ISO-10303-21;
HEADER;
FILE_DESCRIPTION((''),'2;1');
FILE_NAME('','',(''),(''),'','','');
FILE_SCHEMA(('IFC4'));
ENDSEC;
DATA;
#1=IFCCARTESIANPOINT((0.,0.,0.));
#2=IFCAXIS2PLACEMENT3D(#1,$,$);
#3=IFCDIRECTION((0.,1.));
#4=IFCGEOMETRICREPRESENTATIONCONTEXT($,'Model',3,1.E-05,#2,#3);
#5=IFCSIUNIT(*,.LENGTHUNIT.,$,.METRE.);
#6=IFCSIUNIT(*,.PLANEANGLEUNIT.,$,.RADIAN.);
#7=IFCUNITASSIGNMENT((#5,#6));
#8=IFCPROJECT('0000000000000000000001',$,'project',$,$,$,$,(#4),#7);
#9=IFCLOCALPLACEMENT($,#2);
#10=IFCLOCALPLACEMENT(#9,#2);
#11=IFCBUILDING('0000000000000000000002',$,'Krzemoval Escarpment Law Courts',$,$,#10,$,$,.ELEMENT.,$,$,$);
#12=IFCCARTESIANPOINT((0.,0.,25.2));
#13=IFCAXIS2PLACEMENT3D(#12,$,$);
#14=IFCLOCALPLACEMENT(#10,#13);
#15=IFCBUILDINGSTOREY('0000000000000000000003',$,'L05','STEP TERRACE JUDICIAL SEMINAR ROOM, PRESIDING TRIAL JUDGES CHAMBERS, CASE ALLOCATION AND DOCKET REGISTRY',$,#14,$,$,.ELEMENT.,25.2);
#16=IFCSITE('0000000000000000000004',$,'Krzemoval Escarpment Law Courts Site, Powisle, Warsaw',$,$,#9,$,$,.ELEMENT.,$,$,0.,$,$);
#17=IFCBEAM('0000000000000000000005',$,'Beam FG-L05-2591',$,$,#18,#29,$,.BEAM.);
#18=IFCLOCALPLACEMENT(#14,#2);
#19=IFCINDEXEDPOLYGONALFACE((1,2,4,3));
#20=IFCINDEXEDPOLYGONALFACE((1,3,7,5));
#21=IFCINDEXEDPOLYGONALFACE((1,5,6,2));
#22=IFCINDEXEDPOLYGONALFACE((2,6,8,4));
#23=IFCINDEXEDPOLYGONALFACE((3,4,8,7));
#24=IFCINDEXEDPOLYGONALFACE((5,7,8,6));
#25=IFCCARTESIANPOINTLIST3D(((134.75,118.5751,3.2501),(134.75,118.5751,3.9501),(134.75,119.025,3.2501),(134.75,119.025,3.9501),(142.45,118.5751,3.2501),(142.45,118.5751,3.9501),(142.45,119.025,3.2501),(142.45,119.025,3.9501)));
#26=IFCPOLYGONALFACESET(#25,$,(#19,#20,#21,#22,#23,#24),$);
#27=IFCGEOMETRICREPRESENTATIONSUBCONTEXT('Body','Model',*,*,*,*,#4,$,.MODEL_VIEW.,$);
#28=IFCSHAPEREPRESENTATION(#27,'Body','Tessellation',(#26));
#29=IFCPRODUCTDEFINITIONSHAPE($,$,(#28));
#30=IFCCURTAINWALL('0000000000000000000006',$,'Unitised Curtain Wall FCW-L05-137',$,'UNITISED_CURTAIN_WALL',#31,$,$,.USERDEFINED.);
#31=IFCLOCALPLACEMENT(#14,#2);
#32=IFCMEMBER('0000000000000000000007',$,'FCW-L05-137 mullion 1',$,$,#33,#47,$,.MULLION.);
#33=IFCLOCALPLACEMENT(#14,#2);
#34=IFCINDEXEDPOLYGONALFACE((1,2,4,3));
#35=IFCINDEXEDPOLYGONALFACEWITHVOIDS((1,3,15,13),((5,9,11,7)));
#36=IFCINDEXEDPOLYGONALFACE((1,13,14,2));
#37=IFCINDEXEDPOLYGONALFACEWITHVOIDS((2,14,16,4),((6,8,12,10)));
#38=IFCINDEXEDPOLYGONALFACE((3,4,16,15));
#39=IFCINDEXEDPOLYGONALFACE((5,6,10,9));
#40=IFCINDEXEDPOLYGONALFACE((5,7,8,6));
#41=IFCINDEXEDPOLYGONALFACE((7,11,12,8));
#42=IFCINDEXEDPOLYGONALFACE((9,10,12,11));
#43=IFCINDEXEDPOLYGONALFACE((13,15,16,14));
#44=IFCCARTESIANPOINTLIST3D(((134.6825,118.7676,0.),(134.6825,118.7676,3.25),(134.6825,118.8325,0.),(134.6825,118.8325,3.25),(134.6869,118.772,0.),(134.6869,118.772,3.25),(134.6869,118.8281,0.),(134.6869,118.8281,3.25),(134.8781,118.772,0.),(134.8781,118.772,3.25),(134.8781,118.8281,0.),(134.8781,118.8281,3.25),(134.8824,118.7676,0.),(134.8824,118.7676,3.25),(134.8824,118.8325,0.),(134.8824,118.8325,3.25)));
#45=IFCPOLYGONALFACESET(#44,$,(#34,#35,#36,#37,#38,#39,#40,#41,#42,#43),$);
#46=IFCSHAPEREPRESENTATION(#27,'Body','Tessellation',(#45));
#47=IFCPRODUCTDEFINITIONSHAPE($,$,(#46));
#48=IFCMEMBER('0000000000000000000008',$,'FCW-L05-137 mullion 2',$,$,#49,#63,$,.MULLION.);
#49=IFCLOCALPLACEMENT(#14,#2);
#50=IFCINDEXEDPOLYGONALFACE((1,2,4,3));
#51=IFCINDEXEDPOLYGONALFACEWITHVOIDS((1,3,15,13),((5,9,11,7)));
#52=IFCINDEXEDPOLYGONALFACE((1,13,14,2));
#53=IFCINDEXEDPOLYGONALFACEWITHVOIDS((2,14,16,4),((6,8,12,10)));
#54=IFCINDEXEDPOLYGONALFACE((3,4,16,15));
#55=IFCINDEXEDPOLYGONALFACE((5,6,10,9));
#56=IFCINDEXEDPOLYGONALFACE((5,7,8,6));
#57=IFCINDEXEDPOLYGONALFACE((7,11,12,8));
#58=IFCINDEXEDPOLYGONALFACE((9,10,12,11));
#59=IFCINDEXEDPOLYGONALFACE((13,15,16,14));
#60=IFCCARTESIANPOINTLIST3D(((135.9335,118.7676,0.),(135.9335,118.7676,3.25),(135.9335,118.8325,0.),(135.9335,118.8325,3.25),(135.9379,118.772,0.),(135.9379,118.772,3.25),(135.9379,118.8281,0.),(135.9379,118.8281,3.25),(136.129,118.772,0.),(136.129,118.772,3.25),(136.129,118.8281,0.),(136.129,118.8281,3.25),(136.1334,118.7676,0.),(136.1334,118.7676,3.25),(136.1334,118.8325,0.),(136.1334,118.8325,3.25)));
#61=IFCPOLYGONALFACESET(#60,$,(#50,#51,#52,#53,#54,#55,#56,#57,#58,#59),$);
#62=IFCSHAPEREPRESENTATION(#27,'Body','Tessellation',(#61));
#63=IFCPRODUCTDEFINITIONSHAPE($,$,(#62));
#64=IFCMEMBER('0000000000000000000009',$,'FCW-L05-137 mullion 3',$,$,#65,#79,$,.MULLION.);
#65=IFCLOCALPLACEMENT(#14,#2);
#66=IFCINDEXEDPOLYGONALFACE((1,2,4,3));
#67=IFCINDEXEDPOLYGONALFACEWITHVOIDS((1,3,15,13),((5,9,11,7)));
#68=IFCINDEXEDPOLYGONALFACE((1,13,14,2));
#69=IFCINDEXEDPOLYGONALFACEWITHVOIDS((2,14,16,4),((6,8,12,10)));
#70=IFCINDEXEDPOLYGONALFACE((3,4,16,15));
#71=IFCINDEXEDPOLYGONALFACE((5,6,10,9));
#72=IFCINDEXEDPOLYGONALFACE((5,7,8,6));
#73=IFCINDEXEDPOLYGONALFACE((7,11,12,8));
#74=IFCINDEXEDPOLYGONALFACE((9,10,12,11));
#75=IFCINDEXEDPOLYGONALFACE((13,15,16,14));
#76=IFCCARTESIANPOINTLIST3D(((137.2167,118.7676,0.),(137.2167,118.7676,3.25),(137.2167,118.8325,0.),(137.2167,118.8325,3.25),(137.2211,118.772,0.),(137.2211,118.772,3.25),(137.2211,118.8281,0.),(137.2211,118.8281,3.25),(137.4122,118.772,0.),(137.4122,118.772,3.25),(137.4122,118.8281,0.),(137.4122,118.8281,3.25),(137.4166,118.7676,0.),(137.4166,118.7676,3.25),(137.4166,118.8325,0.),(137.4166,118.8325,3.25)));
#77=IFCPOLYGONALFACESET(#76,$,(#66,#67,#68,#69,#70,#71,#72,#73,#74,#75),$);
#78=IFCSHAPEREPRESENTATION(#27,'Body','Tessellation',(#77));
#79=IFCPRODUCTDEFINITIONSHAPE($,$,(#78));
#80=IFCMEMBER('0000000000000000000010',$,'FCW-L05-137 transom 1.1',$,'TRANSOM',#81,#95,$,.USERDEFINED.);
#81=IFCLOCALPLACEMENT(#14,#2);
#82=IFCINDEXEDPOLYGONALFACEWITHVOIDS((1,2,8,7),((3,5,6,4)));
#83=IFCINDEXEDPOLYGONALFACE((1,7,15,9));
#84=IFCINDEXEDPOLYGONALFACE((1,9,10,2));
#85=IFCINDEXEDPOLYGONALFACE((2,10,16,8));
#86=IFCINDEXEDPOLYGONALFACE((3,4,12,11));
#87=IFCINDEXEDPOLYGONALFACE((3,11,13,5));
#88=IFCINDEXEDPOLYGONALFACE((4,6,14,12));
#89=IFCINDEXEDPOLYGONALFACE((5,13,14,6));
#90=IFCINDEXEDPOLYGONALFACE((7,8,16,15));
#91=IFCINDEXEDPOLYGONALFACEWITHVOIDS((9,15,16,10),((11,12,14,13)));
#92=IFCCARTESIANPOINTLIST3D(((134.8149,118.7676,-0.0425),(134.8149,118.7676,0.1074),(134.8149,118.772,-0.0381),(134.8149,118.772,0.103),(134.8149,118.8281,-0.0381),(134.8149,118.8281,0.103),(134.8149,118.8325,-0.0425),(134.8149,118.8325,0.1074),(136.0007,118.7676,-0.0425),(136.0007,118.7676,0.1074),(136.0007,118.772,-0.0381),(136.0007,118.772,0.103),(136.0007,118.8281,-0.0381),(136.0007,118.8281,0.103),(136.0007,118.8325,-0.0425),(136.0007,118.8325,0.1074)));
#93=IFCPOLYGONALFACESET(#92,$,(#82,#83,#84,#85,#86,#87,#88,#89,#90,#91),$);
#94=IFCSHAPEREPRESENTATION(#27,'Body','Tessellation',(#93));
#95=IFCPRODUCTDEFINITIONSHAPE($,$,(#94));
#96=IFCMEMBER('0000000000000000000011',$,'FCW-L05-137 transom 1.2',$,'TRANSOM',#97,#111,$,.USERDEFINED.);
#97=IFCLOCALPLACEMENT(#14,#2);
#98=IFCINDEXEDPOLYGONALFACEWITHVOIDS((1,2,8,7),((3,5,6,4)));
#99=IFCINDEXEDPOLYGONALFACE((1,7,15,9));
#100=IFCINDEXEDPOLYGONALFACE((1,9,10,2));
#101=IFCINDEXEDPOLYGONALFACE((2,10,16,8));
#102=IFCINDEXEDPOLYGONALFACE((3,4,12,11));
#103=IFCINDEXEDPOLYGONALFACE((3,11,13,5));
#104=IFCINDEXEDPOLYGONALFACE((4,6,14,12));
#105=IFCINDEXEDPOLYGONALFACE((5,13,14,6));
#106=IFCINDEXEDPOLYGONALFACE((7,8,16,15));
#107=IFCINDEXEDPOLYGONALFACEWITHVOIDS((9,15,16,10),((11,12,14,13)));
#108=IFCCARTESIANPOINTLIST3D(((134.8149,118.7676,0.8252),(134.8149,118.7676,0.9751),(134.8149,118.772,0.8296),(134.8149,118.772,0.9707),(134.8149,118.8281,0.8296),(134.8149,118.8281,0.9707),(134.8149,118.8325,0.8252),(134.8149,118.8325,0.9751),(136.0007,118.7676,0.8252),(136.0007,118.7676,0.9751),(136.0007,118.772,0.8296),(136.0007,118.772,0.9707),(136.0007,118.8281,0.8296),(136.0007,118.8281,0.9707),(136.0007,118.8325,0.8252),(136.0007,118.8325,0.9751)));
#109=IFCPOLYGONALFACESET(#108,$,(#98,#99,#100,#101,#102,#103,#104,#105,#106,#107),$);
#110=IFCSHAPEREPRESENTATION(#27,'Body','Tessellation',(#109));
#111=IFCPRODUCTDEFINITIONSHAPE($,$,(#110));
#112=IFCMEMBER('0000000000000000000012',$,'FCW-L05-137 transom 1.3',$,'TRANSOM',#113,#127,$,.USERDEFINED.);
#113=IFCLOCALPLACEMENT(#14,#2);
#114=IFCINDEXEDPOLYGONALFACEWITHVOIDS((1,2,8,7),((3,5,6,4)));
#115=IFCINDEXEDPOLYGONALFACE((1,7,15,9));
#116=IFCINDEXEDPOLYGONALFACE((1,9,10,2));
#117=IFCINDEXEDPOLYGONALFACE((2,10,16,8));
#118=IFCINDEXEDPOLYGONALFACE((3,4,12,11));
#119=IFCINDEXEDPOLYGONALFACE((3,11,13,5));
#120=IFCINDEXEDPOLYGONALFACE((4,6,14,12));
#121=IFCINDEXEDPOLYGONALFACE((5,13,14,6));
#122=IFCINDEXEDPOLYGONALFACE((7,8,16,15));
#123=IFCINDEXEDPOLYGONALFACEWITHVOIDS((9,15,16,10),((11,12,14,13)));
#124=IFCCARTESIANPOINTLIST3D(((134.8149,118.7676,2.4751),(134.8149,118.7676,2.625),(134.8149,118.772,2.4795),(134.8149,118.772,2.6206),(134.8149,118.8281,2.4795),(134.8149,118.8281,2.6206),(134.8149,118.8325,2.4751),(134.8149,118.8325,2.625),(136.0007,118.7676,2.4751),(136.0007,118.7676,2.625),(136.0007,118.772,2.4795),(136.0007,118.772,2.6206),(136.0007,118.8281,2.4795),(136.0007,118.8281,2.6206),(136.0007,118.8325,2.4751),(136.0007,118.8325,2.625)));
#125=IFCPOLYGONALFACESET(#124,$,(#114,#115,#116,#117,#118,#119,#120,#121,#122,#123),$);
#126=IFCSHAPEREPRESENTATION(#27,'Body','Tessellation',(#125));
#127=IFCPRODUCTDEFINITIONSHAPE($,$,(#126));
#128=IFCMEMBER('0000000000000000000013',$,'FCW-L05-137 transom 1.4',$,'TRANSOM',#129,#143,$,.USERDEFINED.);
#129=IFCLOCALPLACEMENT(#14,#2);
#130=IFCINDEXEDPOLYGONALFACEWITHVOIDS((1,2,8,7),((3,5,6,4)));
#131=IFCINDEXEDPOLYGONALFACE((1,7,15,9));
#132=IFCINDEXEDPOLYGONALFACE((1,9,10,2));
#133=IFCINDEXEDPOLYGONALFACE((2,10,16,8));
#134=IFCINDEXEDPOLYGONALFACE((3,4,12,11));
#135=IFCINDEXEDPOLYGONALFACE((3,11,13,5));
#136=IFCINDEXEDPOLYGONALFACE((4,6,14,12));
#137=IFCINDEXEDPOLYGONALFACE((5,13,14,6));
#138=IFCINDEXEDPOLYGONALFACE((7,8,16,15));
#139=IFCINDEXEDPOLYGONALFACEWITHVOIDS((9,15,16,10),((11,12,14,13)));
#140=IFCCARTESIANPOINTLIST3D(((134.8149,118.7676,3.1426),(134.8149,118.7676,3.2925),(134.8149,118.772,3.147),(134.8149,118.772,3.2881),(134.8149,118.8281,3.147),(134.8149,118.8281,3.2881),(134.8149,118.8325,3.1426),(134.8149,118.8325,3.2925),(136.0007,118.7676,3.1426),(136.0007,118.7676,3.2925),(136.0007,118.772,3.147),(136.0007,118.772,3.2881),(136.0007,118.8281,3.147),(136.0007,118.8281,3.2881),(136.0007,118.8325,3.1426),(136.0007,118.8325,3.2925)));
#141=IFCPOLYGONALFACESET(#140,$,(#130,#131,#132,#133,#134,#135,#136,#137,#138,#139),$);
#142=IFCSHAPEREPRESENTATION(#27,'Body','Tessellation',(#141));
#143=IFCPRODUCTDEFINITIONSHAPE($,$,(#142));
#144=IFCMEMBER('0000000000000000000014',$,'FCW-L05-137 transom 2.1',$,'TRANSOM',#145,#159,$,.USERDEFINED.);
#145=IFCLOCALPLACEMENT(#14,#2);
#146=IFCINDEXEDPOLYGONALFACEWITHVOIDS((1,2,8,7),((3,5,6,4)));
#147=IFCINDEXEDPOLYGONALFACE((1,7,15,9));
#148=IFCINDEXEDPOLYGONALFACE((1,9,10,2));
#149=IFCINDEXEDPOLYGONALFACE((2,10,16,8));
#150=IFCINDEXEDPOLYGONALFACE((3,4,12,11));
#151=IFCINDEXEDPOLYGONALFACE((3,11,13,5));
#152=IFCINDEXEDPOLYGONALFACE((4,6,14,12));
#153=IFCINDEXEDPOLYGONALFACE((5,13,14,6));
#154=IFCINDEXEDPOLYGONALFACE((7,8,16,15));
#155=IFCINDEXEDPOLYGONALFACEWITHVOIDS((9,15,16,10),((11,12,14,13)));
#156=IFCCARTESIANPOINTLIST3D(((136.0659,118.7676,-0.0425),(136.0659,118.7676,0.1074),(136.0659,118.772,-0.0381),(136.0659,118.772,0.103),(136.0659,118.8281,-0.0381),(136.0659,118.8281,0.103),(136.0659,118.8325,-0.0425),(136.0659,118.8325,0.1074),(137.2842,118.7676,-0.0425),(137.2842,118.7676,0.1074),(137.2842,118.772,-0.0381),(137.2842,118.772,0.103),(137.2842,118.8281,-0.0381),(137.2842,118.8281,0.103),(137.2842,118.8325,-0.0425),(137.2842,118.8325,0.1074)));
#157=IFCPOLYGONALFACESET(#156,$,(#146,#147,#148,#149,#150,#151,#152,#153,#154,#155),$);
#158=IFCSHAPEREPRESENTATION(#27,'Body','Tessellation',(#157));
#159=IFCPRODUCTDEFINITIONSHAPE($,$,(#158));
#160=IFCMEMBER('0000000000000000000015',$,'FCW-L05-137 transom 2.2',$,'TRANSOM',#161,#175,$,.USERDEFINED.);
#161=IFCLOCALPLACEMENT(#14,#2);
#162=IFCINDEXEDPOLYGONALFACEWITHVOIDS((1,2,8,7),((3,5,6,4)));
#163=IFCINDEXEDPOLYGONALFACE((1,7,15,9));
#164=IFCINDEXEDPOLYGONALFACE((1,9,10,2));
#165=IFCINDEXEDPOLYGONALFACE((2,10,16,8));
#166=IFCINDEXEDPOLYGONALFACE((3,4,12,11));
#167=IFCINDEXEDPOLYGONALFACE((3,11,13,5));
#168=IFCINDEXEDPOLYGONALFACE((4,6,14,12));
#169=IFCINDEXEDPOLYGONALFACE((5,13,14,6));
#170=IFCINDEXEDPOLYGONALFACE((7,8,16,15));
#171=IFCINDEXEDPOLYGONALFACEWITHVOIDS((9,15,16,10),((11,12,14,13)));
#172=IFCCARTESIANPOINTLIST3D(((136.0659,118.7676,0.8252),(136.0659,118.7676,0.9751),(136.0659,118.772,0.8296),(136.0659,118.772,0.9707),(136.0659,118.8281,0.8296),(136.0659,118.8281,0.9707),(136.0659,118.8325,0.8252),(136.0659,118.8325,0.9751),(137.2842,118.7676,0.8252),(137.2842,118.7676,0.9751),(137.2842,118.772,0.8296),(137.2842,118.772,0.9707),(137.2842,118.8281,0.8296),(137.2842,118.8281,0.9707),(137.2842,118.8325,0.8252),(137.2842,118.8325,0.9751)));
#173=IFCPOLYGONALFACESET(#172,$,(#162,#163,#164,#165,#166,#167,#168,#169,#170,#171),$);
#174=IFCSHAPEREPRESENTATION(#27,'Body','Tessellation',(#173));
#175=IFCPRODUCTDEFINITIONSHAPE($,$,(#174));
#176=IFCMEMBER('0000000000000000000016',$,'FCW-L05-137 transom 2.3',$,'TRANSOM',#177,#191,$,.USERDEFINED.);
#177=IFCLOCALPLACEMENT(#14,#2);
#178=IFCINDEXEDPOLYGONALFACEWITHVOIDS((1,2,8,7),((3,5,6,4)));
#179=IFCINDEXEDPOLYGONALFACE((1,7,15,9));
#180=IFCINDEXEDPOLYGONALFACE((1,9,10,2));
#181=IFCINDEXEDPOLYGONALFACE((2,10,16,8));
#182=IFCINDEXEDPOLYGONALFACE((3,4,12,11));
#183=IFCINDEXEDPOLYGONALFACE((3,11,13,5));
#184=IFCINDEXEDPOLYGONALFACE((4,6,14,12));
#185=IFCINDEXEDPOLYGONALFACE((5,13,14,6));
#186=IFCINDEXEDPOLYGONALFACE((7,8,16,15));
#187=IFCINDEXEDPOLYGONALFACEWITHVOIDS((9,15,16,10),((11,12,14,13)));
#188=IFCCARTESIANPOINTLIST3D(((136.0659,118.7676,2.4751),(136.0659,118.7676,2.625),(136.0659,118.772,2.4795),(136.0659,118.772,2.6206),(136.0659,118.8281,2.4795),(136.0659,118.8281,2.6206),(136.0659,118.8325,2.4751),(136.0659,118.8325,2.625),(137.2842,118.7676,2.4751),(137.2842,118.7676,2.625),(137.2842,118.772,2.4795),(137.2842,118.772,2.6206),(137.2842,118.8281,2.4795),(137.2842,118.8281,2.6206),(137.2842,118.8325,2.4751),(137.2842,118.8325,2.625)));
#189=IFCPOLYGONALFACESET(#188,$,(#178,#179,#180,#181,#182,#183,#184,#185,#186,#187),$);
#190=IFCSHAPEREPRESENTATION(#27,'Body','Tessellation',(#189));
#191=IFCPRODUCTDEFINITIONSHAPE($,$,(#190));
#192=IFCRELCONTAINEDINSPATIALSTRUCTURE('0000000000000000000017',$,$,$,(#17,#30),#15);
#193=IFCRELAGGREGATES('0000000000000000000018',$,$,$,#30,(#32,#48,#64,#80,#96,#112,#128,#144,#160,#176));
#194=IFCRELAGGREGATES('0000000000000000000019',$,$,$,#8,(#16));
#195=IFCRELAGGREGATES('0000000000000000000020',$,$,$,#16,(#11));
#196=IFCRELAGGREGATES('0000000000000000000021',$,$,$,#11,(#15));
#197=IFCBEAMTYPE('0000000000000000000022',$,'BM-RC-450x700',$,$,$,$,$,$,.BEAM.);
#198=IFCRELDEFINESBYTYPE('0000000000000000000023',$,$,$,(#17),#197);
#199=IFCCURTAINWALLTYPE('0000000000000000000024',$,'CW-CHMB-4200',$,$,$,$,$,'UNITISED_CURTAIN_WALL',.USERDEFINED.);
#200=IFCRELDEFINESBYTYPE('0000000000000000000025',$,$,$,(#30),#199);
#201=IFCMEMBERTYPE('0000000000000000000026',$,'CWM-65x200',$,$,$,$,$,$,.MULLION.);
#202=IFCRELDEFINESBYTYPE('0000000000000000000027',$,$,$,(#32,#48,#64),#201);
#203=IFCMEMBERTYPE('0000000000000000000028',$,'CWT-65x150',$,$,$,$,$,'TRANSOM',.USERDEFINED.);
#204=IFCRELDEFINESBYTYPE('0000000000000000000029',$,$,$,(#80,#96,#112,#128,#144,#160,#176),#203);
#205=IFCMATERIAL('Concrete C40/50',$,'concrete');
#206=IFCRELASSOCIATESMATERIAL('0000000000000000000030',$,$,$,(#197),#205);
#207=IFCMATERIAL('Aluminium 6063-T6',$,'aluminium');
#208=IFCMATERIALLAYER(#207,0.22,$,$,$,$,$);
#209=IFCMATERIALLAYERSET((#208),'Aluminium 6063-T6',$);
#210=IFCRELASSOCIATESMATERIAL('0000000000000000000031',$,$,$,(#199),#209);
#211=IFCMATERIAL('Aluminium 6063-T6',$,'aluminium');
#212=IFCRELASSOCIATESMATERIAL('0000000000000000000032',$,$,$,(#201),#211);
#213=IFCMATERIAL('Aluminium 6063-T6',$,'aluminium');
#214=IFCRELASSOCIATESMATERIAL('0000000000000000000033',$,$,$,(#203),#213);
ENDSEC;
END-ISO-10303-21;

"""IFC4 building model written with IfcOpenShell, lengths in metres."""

from ifc_helpers import new_model, si_unit, direction, frame, origin, origin_2d, place, context, subcontext, project, spatial, rectangle, hollow_rectangle, extrude, material, layer, layer_set, material_profile, profile_set, type_object, element, aggregate, save


model = new_model("IFC4")

# Units and contexts
model_context = context("Model", 3, precision=1e-05, world=origin(), true_north=direction((0.0, 1.0)))
body_context = subcontext(model_context, "Body", "Model", "MODEL_VIEW")
ifc_project = project(units=[si_unit("LENGTHUNIT", "METRE"), si_unit("PLANEANGLEUNIT", "RADIAN")], contexts=[model_context])

# Site, building, storey
site_placement = place(None, origin())
site = spatial("IfcSite", under=ifc_project, at=site_placement, Name="Krzemoval Escarpment Law Courts Site, Powisle, Warsaw", CompositionType="ELEMENT", RefElevation=0.0)
building_placement = place(site_placement, origin())
building = spatial("IfcBuilding", under=site, at=building_placement, Name="Krzemoval Escarpment Law Courts", CompositionType="ELEMENT")
storey_placement = place(building_placement, frame((0.0, 0.0, 25.2)))
storey = spatial("IfcBuildingStorey", under=building, at=storey_placement, Name="L05", Description="STEP TERRACE JUDICIAL SEMINAR ROOM, PRESIDING TRIAL JUDGES CHAMBERS, CASE ALLOCATION AND DOCKET REGISTRY", CompositionType="ELEMENT", Elevation=25.2)

# Beam
ifc_material_1 = material(Name="Concrete C40/50", Category="concrete")
ifc_material_profile_1 = material_profile(ifc_material_1, rectangle(XDim=0.45, YDim=0.7, at=origin_2d()), Name="RCB 450x700")
ifc_profile_set_1 = profile_set([ifc_material_profile_1], Name="Concrete C40/50")
beam_type = type_object("IfcBeamType", Name="BM-RC-450x700", PredefinedType="BEAM", material=ifc_profile_set_1)
beam_placement = place(storey_placement, frame((134.75, 118.8, 3.6001), z_axis=(1.0, 0.0, 0.0), x_axis=(0.0, 1.0, 0.0)))
element("IfcBeam", 1, at=beam_placement, inside=storey, type_object=beam_type, Name="Beam FG-L05-2591", PredefinedType="BEAM", context=body_context, shape_type="SweptSolid", body=[
    extrude(rectangle(XDim=0.45, YDim=0.7, at=origin_2d()), origin(), (0.0, 0.0, 1.0), 7.7),
])

# Curtain wall, members
ifc_material_2 = material(Name="Aluminium 6063-T6", Category="aluminium")
ifc_layer_1 = layer(ifc_material_2, 0.22)
ifc_layer_set_1 = layer_set([ifc_layer_1], Name="Aluminium 6063-T6")
curtain_wall_type = type_object("IfcCurtainWallType", Name="CW-CHMB-4200", ElementType="UNITISED_CURTAIN_WALL", PredefinedType="USERDEFINED", material=ifc_layer_set_1)
curtain_wall_placement = place(storey_placement, origin())
curtain_wall = element("IfcCurtainWall", 2, at=curtain_wall_placement, inside=storey, type_object=curtain_wall_type, Name="Unitised Curtain Wall FCW-L05-137", ObjectType="UNITISED_CURTAIN_WALL", PredefinedType="USERDEFINED")
ifc_material_3 = material(Name="Aluminium 6063-T6", Category="aluminium")
ifc_material_profile_2 = material_profile(ifc_material_3, hollow_rectangle(XDim=0.0649, YDim=0.2, WallThickness=0.0044, at=origin_2d()), Name="ALU M65x200")
ifc_profile_set_2 = profile_set([ifc_material_profile_2], Name="Aluminium 6063-T6")
member_type_1 = type_object("IfcMemberType", Name="CWM-65x200", PredefinedType="MULLION", material=ifc_profile_set_2)
member_1_placement = place(storey_placement, frame((134.7825, 118.8, 0.0), z_axis=(0.0, 0.0, 1.0), x_axis=(0.0, 1.0, 0.0)))
member_1 = element("IfcMember", 3, at=member_1_placement, type_object=member_type_1, Name="FCW-L05-137 mullion 1", PredefinedType="MULLION", context=body_context, shape_type="SweptSolid", body=[
    extrude(hollow_rectangle(XDim=0.0649, YDim=0.2, WallThickness=0.0044, at=origin_2d()), origin(), (0.0, 0.0, 1.0), 3.25),
])
member_2_placement = place(storey_placement, frame((136.0334, 118.8, 0.0), z_axis=(0.0, 0.0, 1.0), x_axis=(0.0, 1.0, 0.0)))
member_2 = element("IfcMember", 4, at=member_2_placement, type_object=member_type_1, Name="FCW-L05-137 mullion 2", PredefinedType="MULLION", context=body_context, shape_type="SweptSolid", body=[
    extrude(hollow_rectangle(XDim=0.0649, YDim=0.2, WallThickness=0.0044, at=origin_2d()), origin(), (0.0, 0.0, 1.0), 3.25),
])
member_3_placement = place(storey_placement, frame((137.3167, 118.8, 0.0), z_axis=(0.0, 0.0, 1.0), x_axis=(0.0, 1.0, 0.0)))
member_3 = element("IfcMember", 5, at=member_3_placement, type_object=member_type_1, Name="FCW-L05-137 mullion 3", PredefinedType="MULLION", context=body_context, shape_type="SweptSolid", body=[
    extrude(hollow_rectangle(XDim=0.0649, YDim=0.2, WallThickness=0.0044, at=origin_2d()), origin(), (0.0, 0.0, 1.0), 3.25),
])
ifc_material_4 = material(Name="Aluminium 6063-T6", Category="aluminium")
ifc_material_profile_3 = material_profile(ifc_material_4, hollow_rectangle(XDim=0.0649, YDim=0.1499, WallThickness=0.0044, at=origin_2d()), Name="ALU T65x150")
ifc_profile_set_3 = profile_set([ifc_material_profile_3], Name="Aluminium 6063-T6")
member_type_2 = type_object("IfcMemberType", Name="CWT-65x150", ElementType="TRANSOM", PredefinedType="USERDEFINED", material=ifc_profile_set_3)
member_4_placement = place(storey_placement, frame((134.8149, 118.8, 0.0325), z_axis=(1.0, 0.0, 0.0), x_axis=(0.0, 1.0, 0.0)))
member_4 = element("IfcMember", 6, at=member_4_placement, type_object=member_type_2, Name="FCW-L05-137 transom 1.1", ObjectType="TRANSOM", PredefinedType="USERDEFINED", context=body_context, shape_type="SweptSolid", body=[
    extrude(hollow_rectangle(XDim=0.0649, YDim=0.1499, WallThickness=0.0044, at=origin_2d()), origin(), (0.0, 0.0, 1.0), 1.1858),
])
member_5_placement = place(storey_placement, frame((134.8149, 118.8, 0.9001), z_axis=(1.0, 0.0, 0.0), x_axis=(0.0, 1.0, 0.0)))
member_5 = element("IfcMember", 7, at=member_5_placement, type_object=member_type_2, Name="FCW-L05-137 transom 1.2", ObjectType="TRANSOM", PredefinedType="USERDEFINED", context=body_context, shape_type="SweptSolid", body=[
    extrude(hollow_rectangle(XDim=0.0649, YDim=0.1499, WallThickness=0.0044, at=origin_2d()), origin(), (0.0, 0.0, 1.0), 1.1858),
])
member_6_placement = place(storey_placement, frame((134.8149, 118.8, 2.55), z_axis=(1.0, 0.0, 0.0), x_axis=(0.0, 1.0, 0.0)))
member_6 = element("IfcMember", 8, at=member_6_placement, type_object=member_type_2, Name="FCW-L05-137 transom 1.3", ObjectType="TRANSOM", PredefinedType="USERDEFINED", context=body_context, shape_type="SweptSolid", body=[
    extrude(hollow_rectangle(XDim=0.0649, YDim=0.1499, WallThickness=0.0044, at=origin_2d()), origin(), (0.0, 0.0, 1.0), 1.1858),
])
member_7_placement = place(storey_placement, frame((134.8149, 118.8, 3.2175), z_axis=(1.0, 0.0, 0.0), x_axis=(0.0, 1.0, 0.0)))
member_7 = element("IfcMember", 9, at=member_7_placement, type_object=member_type_2, Name="FCW-L05-137 transom 1.4", ObjectType="TRANSOM", PredefinedType="USERDEFINED", context=body_context, shape_type="SweptSolid", body=[
    extrude(hollow_rectangle(XDim=0.0649, YDim=0.1499, WallThickness=0.0044, at=origin_2d()), origin(), (0.0, 0.0, 1.0), 1.1858),
])
member_8_placement = place(storey_placement, frame((136.0659, 118.8, 0.0325), z_axis=(1.0, 0.0, 0.0), x_axis=(0.0, 1.0, 0.0)))
member_8 = element("IfcMember", 10, at=member_8_placement, type_object=member_type_2, Name="FCW-L05-137 transom 2.1", ObjectType="TRANSOM", PredefinedType="USERDEFINED", context=body_context, shape_type="SweptSolid", body=[
    extrude(hollow_rectangle(XDim=0.0649, YDim=0.1499, WallThickness=0.0044, at=origin_2d()), origin(), (0.0, 0.0, 1.0), 1.2183),
])
member_9_placement = place(storey_placement, frame((136.0659, 118.8, 0.9001), z_axis=(1.0, 0.0, 0.0), x_axis=(0.0, 1.0, 0.0)))
member_9 = element("IfcMember", 11, at=member_9_placement, type_object=member_type_2, Name="FCW-L05-137 transom 2.2", ObjectType="TRANSOM", PredefinedType="USERDEFINED", context=body_context, shape_type="SweptSolid", body=[
    extrude(hollow_rectangle(XDim=0.0649, YDim=0.1499, WallThickness=0.0044, at=origin_2d()), origin(), (0.0, 0.0, 1.0), 1.2183),
])
member_10_placement = place(storey_placement, frame((136.0659, 118.8, 2.55), z_axis=(1.0, 0.0, 0.0), x_axis=(0.0, 1.0, 0.0)))
member_10 = element("IfcMember", 12, at=member_10_placement, type_object=member_type_2, Name="FCW-L05-137 transom 2.3", ObjectType="TRANSOM", PredefinedType="USERDEFINED", context=body_context, shape_type="SweptSolid", body=[
    extrude(hollow_rectangle(XDim=0.0649, YDim=0.1499, WallThickness=0.0044, at=origin_2d()), origin(), (0.0, 0.0, 1.0), 1.2183),
])
aggregate(curtain_wall, [member_1, member_2, member_3, member_4, member_5, member_6, member_7, member_8, member_9, member_10])

save(model, "model.ifc")
